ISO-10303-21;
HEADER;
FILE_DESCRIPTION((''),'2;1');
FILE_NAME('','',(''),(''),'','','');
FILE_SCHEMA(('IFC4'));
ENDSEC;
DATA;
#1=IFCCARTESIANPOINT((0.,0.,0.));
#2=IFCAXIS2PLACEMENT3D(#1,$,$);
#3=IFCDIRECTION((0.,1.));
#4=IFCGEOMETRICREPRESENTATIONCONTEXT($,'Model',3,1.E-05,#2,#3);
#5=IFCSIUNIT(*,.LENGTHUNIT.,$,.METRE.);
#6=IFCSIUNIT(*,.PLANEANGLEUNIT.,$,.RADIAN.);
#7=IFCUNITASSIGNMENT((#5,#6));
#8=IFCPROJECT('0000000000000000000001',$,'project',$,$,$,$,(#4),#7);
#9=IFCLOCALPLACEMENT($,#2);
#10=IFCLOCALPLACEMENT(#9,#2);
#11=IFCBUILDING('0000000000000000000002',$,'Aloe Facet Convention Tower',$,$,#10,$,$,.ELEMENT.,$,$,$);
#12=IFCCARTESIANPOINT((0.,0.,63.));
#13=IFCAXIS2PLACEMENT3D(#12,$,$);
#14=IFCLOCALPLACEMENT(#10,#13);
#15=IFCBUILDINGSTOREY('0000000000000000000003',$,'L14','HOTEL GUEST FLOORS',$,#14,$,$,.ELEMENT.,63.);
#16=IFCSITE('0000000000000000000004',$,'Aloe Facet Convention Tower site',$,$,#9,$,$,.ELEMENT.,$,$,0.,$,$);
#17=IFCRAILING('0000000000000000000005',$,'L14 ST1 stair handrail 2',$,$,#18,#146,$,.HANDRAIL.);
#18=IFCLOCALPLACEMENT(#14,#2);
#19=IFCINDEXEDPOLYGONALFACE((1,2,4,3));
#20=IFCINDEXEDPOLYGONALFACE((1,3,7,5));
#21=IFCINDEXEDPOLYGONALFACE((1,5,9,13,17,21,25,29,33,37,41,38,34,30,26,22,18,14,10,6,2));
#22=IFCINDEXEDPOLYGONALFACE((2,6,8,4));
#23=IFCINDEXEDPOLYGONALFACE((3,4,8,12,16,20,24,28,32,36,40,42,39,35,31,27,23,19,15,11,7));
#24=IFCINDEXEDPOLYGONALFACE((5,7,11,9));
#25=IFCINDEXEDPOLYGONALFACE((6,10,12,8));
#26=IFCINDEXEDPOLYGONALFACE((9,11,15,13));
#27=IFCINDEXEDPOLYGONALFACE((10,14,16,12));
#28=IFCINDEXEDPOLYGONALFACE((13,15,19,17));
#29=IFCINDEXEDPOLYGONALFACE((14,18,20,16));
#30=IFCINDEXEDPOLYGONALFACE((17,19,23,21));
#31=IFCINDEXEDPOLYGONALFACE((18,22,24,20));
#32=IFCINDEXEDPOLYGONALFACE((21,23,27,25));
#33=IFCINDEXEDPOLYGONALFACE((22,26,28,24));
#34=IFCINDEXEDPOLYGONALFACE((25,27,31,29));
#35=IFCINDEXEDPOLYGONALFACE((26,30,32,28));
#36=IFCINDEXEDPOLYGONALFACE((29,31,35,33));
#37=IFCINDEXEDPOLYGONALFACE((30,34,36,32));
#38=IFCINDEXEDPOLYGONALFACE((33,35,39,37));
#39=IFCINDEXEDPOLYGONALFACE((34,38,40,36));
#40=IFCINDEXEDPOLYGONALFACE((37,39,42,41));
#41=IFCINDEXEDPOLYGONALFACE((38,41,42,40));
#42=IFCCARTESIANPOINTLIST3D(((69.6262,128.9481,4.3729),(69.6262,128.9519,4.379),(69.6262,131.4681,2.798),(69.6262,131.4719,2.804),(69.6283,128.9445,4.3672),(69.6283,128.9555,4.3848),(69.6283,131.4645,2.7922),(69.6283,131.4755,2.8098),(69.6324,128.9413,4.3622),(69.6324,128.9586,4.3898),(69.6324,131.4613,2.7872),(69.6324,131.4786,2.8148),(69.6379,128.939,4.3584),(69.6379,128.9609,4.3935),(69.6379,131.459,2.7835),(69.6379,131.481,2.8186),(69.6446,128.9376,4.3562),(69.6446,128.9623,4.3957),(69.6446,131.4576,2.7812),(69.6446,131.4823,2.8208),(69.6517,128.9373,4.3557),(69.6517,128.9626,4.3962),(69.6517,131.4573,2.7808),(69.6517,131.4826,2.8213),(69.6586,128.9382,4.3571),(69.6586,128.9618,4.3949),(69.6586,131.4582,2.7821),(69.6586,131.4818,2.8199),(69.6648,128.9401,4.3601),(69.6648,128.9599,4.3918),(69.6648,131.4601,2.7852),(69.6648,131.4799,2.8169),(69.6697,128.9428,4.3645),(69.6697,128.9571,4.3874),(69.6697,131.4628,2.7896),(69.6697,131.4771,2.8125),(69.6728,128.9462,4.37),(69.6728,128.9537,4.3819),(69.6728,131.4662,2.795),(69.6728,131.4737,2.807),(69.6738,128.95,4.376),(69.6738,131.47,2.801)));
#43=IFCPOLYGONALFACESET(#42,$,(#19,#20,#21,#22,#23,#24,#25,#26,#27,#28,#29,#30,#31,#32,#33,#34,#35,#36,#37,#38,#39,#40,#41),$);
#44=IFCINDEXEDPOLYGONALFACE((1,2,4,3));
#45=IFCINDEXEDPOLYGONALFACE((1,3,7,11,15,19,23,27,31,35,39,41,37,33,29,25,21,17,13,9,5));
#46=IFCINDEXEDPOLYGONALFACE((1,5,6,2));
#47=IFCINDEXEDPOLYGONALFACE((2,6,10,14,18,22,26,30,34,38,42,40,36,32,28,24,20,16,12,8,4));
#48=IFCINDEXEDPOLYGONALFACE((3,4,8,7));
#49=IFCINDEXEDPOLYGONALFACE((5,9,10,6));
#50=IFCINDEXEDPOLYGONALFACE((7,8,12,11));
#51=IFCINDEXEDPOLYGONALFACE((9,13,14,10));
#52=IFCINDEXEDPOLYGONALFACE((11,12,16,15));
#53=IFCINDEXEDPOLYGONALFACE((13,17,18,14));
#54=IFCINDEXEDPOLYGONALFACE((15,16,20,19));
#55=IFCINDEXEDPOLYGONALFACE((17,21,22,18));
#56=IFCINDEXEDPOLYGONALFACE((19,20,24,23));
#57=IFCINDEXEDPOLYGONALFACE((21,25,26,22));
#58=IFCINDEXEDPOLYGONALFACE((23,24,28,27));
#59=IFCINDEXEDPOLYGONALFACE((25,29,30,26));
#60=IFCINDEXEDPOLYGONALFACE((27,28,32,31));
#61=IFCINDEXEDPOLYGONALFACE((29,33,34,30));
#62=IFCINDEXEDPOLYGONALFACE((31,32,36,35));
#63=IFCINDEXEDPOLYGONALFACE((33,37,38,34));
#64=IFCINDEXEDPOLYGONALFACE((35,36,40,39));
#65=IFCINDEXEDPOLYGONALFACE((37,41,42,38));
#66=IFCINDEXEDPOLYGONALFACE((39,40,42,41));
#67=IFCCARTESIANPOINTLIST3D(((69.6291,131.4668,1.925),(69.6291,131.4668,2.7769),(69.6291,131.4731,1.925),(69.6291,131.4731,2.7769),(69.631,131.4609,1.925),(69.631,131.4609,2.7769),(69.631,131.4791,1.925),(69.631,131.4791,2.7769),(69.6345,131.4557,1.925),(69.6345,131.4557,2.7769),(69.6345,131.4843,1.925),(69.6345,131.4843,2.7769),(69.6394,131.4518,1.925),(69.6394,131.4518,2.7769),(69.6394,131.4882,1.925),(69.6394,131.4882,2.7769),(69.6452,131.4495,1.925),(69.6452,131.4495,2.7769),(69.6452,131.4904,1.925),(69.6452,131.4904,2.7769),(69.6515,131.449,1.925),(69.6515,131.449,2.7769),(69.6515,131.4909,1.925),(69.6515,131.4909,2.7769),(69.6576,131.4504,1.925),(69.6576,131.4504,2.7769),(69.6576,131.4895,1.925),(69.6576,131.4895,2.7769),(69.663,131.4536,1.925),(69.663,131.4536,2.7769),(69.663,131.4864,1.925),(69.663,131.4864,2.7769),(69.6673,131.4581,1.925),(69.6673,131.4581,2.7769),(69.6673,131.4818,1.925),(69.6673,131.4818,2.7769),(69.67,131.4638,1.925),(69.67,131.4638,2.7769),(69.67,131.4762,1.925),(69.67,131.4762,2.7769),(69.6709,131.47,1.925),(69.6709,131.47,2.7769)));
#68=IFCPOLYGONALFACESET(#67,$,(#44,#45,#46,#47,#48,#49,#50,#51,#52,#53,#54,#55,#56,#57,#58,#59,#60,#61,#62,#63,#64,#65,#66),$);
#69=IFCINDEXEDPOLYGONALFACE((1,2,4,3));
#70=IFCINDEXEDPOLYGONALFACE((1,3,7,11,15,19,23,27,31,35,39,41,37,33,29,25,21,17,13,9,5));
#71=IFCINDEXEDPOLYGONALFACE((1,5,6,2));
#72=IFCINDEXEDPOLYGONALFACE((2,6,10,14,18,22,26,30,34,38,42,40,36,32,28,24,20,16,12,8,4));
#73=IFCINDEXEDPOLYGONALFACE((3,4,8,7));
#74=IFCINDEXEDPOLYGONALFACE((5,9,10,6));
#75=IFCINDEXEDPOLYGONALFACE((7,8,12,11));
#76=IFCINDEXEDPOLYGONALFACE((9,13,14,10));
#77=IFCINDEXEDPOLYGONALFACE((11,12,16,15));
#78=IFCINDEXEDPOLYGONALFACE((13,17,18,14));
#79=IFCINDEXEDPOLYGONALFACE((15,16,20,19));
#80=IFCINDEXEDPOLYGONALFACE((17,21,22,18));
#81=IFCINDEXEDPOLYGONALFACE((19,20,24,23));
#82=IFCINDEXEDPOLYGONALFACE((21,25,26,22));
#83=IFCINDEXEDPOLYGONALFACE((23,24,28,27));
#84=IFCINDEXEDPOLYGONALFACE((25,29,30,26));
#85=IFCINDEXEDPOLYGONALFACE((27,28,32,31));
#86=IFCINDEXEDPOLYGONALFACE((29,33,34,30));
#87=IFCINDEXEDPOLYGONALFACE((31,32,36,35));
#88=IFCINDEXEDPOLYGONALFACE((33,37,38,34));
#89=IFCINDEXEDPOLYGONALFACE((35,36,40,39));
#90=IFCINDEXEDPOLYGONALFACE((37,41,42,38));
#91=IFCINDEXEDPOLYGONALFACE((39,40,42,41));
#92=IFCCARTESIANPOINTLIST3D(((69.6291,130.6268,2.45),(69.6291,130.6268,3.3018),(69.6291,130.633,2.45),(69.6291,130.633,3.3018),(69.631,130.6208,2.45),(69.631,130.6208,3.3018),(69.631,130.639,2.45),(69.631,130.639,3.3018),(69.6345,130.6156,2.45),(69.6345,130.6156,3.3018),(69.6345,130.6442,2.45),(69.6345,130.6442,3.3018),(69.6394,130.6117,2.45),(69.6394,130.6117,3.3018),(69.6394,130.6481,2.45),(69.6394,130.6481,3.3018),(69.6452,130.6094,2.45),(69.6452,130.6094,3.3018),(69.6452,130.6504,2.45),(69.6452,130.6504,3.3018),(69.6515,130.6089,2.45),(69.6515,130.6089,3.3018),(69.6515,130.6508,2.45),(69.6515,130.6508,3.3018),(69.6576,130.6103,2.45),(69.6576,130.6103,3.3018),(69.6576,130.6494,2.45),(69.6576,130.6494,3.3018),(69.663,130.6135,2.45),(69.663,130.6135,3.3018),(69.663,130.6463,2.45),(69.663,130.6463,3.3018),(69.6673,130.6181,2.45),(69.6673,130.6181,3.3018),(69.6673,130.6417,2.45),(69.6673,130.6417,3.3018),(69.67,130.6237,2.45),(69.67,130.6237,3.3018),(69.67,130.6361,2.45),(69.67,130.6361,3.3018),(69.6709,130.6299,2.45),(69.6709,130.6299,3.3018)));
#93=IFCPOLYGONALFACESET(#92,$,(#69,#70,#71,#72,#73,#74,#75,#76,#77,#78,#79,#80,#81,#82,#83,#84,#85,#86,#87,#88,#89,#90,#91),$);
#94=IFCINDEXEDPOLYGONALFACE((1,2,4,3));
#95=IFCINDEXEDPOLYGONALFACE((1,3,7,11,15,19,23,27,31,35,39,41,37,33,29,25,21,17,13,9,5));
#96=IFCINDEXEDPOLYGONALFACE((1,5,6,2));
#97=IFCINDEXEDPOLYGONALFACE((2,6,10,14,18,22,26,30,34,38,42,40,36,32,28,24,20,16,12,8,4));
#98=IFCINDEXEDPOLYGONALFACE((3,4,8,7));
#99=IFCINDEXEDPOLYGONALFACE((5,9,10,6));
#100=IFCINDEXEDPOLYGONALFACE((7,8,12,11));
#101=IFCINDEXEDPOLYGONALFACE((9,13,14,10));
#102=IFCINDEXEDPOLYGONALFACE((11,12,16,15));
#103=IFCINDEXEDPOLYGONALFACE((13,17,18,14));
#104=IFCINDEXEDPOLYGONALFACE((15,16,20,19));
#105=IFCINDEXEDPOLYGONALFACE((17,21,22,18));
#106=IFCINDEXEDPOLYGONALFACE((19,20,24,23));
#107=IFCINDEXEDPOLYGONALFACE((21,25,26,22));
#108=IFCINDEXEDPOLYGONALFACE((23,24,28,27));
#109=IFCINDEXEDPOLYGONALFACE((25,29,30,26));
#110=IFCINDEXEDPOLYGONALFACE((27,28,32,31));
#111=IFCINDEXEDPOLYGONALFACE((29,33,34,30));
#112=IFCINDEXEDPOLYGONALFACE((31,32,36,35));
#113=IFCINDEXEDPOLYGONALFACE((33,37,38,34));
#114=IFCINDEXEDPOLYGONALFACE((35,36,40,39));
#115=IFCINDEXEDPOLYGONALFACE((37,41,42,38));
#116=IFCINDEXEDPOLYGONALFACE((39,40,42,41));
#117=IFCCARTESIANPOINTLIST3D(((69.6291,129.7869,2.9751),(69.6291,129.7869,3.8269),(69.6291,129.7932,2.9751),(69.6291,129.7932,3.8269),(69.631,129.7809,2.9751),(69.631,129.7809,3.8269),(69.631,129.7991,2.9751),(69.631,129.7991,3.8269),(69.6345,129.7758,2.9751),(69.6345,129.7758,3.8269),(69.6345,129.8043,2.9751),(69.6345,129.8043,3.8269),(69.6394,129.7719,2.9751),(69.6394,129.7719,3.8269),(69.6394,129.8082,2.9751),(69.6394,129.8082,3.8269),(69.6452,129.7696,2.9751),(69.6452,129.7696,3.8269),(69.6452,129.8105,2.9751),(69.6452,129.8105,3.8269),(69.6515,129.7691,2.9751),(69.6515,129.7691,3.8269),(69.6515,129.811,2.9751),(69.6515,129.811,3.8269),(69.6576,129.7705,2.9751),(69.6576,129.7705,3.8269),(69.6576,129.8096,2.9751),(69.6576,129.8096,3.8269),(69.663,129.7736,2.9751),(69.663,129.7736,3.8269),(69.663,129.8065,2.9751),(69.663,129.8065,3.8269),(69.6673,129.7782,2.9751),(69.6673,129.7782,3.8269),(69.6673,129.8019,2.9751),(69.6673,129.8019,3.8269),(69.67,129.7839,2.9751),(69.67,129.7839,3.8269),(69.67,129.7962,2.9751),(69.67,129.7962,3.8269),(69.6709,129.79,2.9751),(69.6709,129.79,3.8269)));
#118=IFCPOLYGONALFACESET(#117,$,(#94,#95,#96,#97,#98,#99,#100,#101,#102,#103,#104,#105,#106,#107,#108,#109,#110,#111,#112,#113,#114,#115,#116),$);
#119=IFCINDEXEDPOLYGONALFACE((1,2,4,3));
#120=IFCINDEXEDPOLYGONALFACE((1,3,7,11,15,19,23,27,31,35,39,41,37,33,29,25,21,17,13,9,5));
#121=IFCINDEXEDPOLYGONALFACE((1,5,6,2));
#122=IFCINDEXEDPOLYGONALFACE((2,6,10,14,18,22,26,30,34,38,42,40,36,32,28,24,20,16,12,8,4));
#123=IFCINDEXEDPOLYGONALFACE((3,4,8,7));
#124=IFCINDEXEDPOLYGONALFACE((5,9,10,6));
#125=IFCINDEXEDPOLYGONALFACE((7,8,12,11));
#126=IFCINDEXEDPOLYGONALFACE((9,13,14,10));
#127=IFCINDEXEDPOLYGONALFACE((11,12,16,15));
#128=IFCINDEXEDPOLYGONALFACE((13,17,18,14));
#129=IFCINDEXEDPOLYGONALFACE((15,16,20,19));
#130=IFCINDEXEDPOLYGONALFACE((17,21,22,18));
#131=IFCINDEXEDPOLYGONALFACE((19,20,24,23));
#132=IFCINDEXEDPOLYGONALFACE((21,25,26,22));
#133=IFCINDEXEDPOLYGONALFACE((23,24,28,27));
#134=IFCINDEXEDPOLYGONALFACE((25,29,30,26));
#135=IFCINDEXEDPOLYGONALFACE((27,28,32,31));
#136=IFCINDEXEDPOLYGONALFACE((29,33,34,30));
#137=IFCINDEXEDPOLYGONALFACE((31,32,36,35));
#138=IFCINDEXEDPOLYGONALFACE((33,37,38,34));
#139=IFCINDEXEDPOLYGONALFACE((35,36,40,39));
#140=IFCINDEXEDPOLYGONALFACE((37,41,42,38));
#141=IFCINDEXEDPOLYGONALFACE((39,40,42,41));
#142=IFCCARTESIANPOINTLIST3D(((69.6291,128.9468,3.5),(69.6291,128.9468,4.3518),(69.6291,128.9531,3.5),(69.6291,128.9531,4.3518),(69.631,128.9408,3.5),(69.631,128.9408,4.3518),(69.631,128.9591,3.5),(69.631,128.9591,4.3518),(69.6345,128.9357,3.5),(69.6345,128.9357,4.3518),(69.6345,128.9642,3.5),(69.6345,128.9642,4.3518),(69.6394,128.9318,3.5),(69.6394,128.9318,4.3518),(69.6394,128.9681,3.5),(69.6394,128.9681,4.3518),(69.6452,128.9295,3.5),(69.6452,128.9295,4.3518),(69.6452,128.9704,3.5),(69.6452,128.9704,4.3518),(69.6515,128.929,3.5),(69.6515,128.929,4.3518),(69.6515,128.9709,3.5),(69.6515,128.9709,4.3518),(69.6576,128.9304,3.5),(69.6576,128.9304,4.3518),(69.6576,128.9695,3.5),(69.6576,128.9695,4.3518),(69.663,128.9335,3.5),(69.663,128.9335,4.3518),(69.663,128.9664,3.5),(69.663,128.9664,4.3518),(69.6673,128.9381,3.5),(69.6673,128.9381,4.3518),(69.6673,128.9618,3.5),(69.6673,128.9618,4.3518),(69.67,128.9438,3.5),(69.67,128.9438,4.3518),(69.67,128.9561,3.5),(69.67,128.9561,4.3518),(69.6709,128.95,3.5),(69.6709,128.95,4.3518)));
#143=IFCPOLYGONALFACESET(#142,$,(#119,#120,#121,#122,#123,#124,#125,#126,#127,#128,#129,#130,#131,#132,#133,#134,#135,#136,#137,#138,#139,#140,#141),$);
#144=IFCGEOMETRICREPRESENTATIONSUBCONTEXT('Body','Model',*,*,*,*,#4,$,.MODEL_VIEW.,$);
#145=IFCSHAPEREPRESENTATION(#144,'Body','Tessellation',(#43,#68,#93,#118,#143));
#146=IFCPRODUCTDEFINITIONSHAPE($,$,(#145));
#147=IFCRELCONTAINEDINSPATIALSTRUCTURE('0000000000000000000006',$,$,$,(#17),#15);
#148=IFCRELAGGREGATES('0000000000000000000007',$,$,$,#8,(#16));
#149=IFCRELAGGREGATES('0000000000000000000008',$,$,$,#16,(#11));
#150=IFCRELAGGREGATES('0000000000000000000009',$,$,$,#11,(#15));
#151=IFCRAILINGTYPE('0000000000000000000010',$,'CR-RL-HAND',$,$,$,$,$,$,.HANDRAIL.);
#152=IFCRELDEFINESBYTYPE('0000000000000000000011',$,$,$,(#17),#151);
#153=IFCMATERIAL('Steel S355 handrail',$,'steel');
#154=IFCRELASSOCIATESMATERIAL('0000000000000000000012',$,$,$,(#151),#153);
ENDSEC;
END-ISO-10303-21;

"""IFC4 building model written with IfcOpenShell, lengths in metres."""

from ifc_helpers import new_model, si_unit, direction, frame, origin, origin_2d, place, context, subcontext, project, spatial, circle, extrude, material, type_object, element, save


model = new_model("IFC4")

# Units and contexts
model_context = context("Model", 3, precision=1e-05, world=origin(), true_north=direction((0.0, 1.0)))
body_context = subcontext(model_context, "Body", "Model", "MODEL_VIEW")
ifc_project = project(units=[si_unit("LENGTHUNIT", "METRE"), si_unit("PLANEANGLEUNIT", "RADIAN")], contexts=[model_context])

# Site, building, storey
site_placement = place(None, origin())
site = spatial("IfcSite", under=ifc_project, at=site_placement, Name="Aloe Facet Convention Tower site", CompositionType="ELEMENT", RefElevation=0.0)
building_placement = place(site_placement, origin())
building = spatial("IfcBuilding", under=site, at=building_placement, Name="Aloe Facet Convention Tower", CompositionType="ELEMENT")
storey_placement = place(building_placement, frame((0.0, 0.0, 63.0)))
storey = spatial("IfcBuildingStorey", under=building, at=storey_placement, Name="L14", Description="HOTEL GUEST FLOORS", CompositionType="ELEMENT", Elevation=63.0)

# Railing
ifc_material_1 = material(Name="Steel S355 handrail", Category="steel")
railing_type_1 = type_object("IfcRailingType", Name="CR-RL-HAND", PredefinedType="HANDRAIL", material=ifc_material_1)
railing_1_placement = place(storey_placement, frame((69.6499, 131.47, 1.925)))
element("IfcRailing", 1, at=railing_1_placement, inside=storey, type_object=railing_type_1, Name="L14 ST1 stair handrail 2", PredefinedType="HANDRAIL", context=body_context, shape_type="SweptSolid", body=[
    extrude(circle(Radius=0.0239, at=origin_2d()), frame((0.0, 0.0, 0.876), z_axis=(0.0, -0.848008, 0.529984), x_axis=(1.0, 0.0, 0.0)), (0.0, 0.0, 1.0), 2.9717),
    extrude(circle(Radius=0.021, at=origin_2d()), origin(), (0.0, 0.0, 1.0), 0.8518),
    extrude(circle(Radius=0.021, at=origin_2d()), frame((0.0, -0.8401, 0.5249)), (0.0, 0.0, 1.0), 0.8518),
    extrude(circle(Radius=0.021, at=origin_2d()), frame((0.0, -1.6799, 1.05)), (0.0, 0.0, 1.0), 0.8518),
    extrude(circle(Radius=0.021, at=origin_2d()), frame((0.0, -2.52, 1.575)), (0.0, 0.0, 1.0), 0.8518),
])

save(model, "model.ifc")
